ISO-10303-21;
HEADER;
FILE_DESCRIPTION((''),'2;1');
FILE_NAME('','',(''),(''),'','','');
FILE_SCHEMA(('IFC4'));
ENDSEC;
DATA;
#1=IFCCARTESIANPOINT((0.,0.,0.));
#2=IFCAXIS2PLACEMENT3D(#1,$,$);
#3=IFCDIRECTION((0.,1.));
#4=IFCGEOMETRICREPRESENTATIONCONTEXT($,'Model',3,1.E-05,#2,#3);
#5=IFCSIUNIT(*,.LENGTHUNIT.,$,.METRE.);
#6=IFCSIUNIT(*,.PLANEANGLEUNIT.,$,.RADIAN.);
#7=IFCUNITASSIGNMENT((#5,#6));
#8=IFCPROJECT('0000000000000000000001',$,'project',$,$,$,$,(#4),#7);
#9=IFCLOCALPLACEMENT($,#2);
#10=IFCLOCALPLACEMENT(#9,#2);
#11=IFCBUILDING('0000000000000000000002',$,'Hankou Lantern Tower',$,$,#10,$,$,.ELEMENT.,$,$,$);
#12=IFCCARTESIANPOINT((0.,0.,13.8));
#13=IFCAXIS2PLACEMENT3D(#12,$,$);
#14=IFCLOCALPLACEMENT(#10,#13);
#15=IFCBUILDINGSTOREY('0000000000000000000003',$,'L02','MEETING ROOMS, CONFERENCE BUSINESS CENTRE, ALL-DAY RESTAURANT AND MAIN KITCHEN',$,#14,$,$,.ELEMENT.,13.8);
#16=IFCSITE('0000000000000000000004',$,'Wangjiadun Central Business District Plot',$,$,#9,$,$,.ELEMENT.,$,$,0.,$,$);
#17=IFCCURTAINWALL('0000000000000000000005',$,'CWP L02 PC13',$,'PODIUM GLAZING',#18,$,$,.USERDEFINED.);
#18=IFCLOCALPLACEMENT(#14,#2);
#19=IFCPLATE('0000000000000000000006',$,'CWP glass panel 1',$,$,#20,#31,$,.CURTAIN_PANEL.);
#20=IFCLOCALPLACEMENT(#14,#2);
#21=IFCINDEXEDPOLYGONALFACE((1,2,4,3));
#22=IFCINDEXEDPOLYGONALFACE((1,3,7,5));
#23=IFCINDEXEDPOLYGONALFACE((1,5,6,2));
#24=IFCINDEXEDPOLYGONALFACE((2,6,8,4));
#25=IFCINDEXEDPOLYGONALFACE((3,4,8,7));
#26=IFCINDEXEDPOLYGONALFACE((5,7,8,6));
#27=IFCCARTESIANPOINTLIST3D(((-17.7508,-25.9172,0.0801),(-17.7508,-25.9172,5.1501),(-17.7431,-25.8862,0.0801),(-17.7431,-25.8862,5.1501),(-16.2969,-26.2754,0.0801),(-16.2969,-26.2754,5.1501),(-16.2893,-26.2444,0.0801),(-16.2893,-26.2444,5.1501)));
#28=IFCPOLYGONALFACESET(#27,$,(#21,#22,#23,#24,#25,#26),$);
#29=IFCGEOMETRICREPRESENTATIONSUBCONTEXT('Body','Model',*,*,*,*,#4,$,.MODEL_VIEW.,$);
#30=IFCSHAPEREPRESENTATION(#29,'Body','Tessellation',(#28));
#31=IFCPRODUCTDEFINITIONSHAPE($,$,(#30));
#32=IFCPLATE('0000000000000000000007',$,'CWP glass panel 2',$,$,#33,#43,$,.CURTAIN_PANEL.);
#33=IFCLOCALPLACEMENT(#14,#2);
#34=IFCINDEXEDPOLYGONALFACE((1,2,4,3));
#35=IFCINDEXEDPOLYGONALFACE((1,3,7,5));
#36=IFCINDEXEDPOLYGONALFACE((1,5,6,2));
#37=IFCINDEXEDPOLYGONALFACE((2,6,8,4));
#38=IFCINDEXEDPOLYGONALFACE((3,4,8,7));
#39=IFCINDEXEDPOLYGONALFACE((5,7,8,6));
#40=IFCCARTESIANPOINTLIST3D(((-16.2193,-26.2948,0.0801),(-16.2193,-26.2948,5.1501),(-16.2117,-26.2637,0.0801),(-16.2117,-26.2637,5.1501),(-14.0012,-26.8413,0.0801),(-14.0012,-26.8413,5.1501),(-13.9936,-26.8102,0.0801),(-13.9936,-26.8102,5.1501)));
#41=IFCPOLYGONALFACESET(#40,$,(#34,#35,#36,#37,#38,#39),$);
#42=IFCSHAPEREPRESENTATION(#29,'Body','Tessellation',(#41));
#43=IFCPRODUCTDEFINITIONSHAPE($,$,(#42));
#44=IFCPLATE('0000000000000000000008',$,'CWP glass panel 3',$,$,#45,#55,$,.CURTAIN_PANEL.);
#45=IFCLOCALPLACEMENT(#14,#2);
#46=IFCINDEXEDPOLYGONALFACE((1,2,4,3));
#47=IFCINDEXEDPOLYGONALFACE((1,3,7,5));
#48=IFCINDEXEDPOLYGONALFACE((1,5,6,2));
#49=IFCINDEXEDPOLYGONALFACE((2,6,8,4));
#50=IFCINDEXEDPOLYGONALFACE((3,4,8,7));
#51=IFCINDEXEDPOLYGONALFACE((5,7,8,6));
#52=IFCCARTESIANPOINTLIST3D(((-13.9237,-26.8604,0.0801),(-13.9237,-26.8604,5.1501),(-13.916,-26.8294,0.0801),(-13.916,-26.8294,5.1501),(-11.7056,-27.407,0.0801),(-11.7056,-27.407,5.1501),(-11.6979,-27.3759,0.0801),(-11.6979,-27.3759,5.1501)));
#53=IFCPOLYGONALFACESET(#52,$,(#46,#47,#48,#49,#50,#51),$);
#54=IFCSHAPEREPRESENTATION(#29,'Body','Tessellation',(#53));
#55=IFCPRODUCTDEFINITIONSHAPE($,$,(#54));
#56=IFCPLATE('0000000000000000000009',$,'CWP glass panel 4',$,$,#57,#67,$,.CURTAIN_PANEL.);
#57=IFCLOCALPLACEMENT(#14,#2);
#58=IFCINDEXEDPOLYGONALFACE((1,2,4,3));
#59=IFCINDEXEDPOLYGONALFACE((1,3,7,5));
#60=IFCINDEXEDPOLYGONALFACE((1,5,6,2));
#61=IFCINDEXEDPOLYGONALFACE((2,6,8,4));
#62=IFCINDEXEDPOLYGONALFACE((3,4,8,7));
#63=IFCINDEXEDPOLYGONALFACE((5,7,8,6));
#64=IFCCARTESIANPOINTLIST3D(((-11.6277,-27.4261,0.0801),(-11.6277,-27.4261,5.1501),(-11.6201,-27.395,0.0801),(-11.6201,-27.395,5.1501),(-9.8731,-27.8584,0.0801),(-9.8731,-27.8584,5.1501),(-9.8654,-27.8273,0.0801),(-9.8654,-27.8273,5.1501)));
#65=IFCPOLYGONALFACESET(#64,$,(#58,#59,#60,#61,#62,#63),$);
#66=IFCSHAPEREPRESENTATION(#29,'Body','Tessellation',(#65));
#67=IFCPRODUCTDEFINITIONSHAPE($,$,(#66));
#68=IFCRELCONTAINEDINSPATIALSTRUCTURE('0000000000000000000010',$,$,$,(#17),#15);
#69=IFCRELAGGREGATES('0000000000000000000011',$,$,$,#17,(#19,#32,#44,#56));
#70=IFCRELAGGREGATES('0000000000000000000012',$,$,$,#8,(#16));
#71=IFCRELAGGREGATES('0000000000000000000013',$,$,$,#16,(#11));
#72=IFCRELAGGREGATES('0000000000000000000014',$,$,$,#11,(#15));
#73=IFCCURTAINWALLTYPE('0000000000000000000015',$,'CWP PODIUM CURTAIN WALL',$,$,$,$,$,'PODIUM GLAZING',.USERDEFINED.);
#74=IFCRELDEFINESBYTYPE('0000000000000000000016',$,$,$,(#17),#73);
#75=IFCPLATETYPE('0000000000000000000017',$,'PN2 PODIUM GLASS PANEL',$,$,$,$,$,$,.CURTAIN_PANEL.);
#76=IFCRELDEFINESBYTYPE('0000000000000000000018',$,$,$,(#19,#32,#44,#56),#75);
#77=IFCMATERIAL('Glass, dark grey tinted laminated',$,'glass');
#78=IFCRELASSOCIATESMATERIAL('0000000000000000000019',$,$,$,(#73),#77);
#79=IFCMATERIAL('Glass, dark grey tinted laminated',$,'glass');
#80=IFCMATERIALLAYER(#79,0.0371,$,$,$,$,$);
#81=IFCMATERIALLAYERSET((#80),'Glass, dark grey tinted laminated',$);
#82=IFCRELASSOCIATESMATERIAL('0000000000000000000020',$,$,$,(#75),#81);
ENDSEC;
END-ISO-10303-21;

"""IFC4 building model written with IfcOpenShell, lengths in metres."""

from ifc_helpers import new_model, si_unit, direction, frame, origin, origin_2d, place, context, subcontext, project, spatial, rectangle, extrude, material, layer, layer_set, type_object, element, aggregate, save


model = new_model("IFC4")

# Units and contexts
model_context = context("Model", 3, precision=1e-05, world=origin(), true_north=direction((0.0, 1.0)))
body_context = subcontext(model_context, "Body", "Model", "MODEL_VIEW")
ifc_project = project(units=[si_unit("LENGTHUNIT", "METRE"), si_unit("PLANEANGLEUNIT", "RADIAN")], contexts=[model_context])

# Site, building, storey
site_placement = place(None, origin())
site = spatial("IfcSite", under=ifc_project, at=site_placement, Name="Wangjiadun Central Business District Plot", CompositionType="ELEMENT", RefElevation=0.0)
building_placement = place(site_placement, origin())
building = spatial("IfcBuilding", under=site, at=building_placement, Name="Hankou Lantern Tower", CompositionType="ELEMENT")
storey_placement = place(building_placement, frame((0.0, 0.0, 13.8)))
storey = spatial("IfcBuildingStorey", under=building, at=storey_placement, Name="L02", Description="MEETING ROOMS, CONFERENCE BUSINESS CENTRE, ALL-DAY RESTAURANT AND MAIN KITCHEN", CompositionType="ELEMENT", Elevation=13.8)

# Shared definitions
ifc_material_1 = material(Name="Glass, dark grey tinted laminated", Category="glass")
curtain_wall_type = type_object("IfcCurtainWallType", Name="CWP PODIUM CURTAIN WALL", ElementType="PODIUM GLAZING", PredefinedType="USERDEFINED", material=ifc_material_1)

# Curtain wall
curtain_wall_1_placement = place(storey_placement, origin())
curtain_wall_1 = element("IfcCurtainWall", 1, at=curtain_wall_1_placement, inside=storey, type_object=curtain_wall_type, Name="CWP L02 PC13", ObjectType="PODIUM GLAZING", PredefinedType="USERDEFINED")

# Plates
ifc_material_2 = material(Name="Glass, dark grey tinted laminated", Category="glass")
ifc_layer = layer(ifc_material_2, 0.0371)
ifc_layer_set = layer_set([ifc_layer], Name="Glass, dark grey tinted laminated")
plate_type = type_object("IfcPlateType", Name="PN2 PODIUM GLASS PANEL", PredefinedType="CURTAIN_PANEL", material=ifc_layer_set)
plate_1_placement = place(storey_placement, frame((-17.02, -26.0808, 0.0801), z_axis=(0.0, 0.0, 1.0), x_axis=(0.970961, -0.239238, 0.0)))
plate_1 = element("IfcPlate", 2, at=plate_1_placement, type_object=plate_type, Name="CWP glass panel 1", PredefinedType="CURTAIN_PANEL", context=body_context, shape_type="SweptSolid", body=[
    extrude(rectangle(XDim=1.4973, YDim=0.032, at=origin_2d()), origin(), (0.0, 0.0, 1.0), 5.0701),
])
plate_2_placement = place(storey_placement, frame((-15.1064, -26.5525, 0.0801), z_axis=(0.0, 0.0, 1.0), x_axis=(0.970961, -0.239238, 0.0)))
plate_2 = element("IfcPlate", 3, at=plate_2_placement, type_object=plate_type, Name="CWP glass panel 2", PredefinedType="CURTAIN_PANEL", context=body_context, shape_type="SweptSolid", body=[
    extrude(rectangle(XDim=2.2844, YDim=0.032, at=origin_2d()), origin(), (0.0, 0.0, 1.0), 5.0701),
])
plate_3_placement = place(storey_placement, frame((-12.8108, -27.1182, 0.0801), z_axis=(0.0, 0.0, 1.0), x_axis=(0.970961, -0.239238, 0.0)))
plate_3 = element("IfcPlate", 4, at=plate_3_placement, type_object=plate_type, Name="CWP glass panel 3", PredefinedType="CURTAIN_PANEL", context=body_context, shape_type="SweptSolid", body=[
    extrude(rectangle(XDim=2.2844, YDim=0.032, at=origin_2d()), origin(), (0.0, 0.0, 1.0), 5.0701),
])
plate_4_placement = place(storey_placement, frame((-10.7466, -27.6267, 0.0801), z_axis=(0.0, 0.0, 1.0), x_axis=(0.970961, -0.239238, 0.0)))
plate_4 = element("IfcPlate", 5, at=plate_4_placement, type_object=plate_type, Name="CWP glass panel 4", PredefinedType="CURTAIN_PANEL", context=body_context, shape_type="SweptSolid", body=[
    extrude(rectangle(XDim=1.8071, YDim=0.032, at=origin_2d()), origin(), (0.0, 0.0, 1.0), 5.0701),
])
aggregate(curtain_wall_1, [plate_1, plate_2, plate_3, plate_4])

save(model, "model.ifc")
